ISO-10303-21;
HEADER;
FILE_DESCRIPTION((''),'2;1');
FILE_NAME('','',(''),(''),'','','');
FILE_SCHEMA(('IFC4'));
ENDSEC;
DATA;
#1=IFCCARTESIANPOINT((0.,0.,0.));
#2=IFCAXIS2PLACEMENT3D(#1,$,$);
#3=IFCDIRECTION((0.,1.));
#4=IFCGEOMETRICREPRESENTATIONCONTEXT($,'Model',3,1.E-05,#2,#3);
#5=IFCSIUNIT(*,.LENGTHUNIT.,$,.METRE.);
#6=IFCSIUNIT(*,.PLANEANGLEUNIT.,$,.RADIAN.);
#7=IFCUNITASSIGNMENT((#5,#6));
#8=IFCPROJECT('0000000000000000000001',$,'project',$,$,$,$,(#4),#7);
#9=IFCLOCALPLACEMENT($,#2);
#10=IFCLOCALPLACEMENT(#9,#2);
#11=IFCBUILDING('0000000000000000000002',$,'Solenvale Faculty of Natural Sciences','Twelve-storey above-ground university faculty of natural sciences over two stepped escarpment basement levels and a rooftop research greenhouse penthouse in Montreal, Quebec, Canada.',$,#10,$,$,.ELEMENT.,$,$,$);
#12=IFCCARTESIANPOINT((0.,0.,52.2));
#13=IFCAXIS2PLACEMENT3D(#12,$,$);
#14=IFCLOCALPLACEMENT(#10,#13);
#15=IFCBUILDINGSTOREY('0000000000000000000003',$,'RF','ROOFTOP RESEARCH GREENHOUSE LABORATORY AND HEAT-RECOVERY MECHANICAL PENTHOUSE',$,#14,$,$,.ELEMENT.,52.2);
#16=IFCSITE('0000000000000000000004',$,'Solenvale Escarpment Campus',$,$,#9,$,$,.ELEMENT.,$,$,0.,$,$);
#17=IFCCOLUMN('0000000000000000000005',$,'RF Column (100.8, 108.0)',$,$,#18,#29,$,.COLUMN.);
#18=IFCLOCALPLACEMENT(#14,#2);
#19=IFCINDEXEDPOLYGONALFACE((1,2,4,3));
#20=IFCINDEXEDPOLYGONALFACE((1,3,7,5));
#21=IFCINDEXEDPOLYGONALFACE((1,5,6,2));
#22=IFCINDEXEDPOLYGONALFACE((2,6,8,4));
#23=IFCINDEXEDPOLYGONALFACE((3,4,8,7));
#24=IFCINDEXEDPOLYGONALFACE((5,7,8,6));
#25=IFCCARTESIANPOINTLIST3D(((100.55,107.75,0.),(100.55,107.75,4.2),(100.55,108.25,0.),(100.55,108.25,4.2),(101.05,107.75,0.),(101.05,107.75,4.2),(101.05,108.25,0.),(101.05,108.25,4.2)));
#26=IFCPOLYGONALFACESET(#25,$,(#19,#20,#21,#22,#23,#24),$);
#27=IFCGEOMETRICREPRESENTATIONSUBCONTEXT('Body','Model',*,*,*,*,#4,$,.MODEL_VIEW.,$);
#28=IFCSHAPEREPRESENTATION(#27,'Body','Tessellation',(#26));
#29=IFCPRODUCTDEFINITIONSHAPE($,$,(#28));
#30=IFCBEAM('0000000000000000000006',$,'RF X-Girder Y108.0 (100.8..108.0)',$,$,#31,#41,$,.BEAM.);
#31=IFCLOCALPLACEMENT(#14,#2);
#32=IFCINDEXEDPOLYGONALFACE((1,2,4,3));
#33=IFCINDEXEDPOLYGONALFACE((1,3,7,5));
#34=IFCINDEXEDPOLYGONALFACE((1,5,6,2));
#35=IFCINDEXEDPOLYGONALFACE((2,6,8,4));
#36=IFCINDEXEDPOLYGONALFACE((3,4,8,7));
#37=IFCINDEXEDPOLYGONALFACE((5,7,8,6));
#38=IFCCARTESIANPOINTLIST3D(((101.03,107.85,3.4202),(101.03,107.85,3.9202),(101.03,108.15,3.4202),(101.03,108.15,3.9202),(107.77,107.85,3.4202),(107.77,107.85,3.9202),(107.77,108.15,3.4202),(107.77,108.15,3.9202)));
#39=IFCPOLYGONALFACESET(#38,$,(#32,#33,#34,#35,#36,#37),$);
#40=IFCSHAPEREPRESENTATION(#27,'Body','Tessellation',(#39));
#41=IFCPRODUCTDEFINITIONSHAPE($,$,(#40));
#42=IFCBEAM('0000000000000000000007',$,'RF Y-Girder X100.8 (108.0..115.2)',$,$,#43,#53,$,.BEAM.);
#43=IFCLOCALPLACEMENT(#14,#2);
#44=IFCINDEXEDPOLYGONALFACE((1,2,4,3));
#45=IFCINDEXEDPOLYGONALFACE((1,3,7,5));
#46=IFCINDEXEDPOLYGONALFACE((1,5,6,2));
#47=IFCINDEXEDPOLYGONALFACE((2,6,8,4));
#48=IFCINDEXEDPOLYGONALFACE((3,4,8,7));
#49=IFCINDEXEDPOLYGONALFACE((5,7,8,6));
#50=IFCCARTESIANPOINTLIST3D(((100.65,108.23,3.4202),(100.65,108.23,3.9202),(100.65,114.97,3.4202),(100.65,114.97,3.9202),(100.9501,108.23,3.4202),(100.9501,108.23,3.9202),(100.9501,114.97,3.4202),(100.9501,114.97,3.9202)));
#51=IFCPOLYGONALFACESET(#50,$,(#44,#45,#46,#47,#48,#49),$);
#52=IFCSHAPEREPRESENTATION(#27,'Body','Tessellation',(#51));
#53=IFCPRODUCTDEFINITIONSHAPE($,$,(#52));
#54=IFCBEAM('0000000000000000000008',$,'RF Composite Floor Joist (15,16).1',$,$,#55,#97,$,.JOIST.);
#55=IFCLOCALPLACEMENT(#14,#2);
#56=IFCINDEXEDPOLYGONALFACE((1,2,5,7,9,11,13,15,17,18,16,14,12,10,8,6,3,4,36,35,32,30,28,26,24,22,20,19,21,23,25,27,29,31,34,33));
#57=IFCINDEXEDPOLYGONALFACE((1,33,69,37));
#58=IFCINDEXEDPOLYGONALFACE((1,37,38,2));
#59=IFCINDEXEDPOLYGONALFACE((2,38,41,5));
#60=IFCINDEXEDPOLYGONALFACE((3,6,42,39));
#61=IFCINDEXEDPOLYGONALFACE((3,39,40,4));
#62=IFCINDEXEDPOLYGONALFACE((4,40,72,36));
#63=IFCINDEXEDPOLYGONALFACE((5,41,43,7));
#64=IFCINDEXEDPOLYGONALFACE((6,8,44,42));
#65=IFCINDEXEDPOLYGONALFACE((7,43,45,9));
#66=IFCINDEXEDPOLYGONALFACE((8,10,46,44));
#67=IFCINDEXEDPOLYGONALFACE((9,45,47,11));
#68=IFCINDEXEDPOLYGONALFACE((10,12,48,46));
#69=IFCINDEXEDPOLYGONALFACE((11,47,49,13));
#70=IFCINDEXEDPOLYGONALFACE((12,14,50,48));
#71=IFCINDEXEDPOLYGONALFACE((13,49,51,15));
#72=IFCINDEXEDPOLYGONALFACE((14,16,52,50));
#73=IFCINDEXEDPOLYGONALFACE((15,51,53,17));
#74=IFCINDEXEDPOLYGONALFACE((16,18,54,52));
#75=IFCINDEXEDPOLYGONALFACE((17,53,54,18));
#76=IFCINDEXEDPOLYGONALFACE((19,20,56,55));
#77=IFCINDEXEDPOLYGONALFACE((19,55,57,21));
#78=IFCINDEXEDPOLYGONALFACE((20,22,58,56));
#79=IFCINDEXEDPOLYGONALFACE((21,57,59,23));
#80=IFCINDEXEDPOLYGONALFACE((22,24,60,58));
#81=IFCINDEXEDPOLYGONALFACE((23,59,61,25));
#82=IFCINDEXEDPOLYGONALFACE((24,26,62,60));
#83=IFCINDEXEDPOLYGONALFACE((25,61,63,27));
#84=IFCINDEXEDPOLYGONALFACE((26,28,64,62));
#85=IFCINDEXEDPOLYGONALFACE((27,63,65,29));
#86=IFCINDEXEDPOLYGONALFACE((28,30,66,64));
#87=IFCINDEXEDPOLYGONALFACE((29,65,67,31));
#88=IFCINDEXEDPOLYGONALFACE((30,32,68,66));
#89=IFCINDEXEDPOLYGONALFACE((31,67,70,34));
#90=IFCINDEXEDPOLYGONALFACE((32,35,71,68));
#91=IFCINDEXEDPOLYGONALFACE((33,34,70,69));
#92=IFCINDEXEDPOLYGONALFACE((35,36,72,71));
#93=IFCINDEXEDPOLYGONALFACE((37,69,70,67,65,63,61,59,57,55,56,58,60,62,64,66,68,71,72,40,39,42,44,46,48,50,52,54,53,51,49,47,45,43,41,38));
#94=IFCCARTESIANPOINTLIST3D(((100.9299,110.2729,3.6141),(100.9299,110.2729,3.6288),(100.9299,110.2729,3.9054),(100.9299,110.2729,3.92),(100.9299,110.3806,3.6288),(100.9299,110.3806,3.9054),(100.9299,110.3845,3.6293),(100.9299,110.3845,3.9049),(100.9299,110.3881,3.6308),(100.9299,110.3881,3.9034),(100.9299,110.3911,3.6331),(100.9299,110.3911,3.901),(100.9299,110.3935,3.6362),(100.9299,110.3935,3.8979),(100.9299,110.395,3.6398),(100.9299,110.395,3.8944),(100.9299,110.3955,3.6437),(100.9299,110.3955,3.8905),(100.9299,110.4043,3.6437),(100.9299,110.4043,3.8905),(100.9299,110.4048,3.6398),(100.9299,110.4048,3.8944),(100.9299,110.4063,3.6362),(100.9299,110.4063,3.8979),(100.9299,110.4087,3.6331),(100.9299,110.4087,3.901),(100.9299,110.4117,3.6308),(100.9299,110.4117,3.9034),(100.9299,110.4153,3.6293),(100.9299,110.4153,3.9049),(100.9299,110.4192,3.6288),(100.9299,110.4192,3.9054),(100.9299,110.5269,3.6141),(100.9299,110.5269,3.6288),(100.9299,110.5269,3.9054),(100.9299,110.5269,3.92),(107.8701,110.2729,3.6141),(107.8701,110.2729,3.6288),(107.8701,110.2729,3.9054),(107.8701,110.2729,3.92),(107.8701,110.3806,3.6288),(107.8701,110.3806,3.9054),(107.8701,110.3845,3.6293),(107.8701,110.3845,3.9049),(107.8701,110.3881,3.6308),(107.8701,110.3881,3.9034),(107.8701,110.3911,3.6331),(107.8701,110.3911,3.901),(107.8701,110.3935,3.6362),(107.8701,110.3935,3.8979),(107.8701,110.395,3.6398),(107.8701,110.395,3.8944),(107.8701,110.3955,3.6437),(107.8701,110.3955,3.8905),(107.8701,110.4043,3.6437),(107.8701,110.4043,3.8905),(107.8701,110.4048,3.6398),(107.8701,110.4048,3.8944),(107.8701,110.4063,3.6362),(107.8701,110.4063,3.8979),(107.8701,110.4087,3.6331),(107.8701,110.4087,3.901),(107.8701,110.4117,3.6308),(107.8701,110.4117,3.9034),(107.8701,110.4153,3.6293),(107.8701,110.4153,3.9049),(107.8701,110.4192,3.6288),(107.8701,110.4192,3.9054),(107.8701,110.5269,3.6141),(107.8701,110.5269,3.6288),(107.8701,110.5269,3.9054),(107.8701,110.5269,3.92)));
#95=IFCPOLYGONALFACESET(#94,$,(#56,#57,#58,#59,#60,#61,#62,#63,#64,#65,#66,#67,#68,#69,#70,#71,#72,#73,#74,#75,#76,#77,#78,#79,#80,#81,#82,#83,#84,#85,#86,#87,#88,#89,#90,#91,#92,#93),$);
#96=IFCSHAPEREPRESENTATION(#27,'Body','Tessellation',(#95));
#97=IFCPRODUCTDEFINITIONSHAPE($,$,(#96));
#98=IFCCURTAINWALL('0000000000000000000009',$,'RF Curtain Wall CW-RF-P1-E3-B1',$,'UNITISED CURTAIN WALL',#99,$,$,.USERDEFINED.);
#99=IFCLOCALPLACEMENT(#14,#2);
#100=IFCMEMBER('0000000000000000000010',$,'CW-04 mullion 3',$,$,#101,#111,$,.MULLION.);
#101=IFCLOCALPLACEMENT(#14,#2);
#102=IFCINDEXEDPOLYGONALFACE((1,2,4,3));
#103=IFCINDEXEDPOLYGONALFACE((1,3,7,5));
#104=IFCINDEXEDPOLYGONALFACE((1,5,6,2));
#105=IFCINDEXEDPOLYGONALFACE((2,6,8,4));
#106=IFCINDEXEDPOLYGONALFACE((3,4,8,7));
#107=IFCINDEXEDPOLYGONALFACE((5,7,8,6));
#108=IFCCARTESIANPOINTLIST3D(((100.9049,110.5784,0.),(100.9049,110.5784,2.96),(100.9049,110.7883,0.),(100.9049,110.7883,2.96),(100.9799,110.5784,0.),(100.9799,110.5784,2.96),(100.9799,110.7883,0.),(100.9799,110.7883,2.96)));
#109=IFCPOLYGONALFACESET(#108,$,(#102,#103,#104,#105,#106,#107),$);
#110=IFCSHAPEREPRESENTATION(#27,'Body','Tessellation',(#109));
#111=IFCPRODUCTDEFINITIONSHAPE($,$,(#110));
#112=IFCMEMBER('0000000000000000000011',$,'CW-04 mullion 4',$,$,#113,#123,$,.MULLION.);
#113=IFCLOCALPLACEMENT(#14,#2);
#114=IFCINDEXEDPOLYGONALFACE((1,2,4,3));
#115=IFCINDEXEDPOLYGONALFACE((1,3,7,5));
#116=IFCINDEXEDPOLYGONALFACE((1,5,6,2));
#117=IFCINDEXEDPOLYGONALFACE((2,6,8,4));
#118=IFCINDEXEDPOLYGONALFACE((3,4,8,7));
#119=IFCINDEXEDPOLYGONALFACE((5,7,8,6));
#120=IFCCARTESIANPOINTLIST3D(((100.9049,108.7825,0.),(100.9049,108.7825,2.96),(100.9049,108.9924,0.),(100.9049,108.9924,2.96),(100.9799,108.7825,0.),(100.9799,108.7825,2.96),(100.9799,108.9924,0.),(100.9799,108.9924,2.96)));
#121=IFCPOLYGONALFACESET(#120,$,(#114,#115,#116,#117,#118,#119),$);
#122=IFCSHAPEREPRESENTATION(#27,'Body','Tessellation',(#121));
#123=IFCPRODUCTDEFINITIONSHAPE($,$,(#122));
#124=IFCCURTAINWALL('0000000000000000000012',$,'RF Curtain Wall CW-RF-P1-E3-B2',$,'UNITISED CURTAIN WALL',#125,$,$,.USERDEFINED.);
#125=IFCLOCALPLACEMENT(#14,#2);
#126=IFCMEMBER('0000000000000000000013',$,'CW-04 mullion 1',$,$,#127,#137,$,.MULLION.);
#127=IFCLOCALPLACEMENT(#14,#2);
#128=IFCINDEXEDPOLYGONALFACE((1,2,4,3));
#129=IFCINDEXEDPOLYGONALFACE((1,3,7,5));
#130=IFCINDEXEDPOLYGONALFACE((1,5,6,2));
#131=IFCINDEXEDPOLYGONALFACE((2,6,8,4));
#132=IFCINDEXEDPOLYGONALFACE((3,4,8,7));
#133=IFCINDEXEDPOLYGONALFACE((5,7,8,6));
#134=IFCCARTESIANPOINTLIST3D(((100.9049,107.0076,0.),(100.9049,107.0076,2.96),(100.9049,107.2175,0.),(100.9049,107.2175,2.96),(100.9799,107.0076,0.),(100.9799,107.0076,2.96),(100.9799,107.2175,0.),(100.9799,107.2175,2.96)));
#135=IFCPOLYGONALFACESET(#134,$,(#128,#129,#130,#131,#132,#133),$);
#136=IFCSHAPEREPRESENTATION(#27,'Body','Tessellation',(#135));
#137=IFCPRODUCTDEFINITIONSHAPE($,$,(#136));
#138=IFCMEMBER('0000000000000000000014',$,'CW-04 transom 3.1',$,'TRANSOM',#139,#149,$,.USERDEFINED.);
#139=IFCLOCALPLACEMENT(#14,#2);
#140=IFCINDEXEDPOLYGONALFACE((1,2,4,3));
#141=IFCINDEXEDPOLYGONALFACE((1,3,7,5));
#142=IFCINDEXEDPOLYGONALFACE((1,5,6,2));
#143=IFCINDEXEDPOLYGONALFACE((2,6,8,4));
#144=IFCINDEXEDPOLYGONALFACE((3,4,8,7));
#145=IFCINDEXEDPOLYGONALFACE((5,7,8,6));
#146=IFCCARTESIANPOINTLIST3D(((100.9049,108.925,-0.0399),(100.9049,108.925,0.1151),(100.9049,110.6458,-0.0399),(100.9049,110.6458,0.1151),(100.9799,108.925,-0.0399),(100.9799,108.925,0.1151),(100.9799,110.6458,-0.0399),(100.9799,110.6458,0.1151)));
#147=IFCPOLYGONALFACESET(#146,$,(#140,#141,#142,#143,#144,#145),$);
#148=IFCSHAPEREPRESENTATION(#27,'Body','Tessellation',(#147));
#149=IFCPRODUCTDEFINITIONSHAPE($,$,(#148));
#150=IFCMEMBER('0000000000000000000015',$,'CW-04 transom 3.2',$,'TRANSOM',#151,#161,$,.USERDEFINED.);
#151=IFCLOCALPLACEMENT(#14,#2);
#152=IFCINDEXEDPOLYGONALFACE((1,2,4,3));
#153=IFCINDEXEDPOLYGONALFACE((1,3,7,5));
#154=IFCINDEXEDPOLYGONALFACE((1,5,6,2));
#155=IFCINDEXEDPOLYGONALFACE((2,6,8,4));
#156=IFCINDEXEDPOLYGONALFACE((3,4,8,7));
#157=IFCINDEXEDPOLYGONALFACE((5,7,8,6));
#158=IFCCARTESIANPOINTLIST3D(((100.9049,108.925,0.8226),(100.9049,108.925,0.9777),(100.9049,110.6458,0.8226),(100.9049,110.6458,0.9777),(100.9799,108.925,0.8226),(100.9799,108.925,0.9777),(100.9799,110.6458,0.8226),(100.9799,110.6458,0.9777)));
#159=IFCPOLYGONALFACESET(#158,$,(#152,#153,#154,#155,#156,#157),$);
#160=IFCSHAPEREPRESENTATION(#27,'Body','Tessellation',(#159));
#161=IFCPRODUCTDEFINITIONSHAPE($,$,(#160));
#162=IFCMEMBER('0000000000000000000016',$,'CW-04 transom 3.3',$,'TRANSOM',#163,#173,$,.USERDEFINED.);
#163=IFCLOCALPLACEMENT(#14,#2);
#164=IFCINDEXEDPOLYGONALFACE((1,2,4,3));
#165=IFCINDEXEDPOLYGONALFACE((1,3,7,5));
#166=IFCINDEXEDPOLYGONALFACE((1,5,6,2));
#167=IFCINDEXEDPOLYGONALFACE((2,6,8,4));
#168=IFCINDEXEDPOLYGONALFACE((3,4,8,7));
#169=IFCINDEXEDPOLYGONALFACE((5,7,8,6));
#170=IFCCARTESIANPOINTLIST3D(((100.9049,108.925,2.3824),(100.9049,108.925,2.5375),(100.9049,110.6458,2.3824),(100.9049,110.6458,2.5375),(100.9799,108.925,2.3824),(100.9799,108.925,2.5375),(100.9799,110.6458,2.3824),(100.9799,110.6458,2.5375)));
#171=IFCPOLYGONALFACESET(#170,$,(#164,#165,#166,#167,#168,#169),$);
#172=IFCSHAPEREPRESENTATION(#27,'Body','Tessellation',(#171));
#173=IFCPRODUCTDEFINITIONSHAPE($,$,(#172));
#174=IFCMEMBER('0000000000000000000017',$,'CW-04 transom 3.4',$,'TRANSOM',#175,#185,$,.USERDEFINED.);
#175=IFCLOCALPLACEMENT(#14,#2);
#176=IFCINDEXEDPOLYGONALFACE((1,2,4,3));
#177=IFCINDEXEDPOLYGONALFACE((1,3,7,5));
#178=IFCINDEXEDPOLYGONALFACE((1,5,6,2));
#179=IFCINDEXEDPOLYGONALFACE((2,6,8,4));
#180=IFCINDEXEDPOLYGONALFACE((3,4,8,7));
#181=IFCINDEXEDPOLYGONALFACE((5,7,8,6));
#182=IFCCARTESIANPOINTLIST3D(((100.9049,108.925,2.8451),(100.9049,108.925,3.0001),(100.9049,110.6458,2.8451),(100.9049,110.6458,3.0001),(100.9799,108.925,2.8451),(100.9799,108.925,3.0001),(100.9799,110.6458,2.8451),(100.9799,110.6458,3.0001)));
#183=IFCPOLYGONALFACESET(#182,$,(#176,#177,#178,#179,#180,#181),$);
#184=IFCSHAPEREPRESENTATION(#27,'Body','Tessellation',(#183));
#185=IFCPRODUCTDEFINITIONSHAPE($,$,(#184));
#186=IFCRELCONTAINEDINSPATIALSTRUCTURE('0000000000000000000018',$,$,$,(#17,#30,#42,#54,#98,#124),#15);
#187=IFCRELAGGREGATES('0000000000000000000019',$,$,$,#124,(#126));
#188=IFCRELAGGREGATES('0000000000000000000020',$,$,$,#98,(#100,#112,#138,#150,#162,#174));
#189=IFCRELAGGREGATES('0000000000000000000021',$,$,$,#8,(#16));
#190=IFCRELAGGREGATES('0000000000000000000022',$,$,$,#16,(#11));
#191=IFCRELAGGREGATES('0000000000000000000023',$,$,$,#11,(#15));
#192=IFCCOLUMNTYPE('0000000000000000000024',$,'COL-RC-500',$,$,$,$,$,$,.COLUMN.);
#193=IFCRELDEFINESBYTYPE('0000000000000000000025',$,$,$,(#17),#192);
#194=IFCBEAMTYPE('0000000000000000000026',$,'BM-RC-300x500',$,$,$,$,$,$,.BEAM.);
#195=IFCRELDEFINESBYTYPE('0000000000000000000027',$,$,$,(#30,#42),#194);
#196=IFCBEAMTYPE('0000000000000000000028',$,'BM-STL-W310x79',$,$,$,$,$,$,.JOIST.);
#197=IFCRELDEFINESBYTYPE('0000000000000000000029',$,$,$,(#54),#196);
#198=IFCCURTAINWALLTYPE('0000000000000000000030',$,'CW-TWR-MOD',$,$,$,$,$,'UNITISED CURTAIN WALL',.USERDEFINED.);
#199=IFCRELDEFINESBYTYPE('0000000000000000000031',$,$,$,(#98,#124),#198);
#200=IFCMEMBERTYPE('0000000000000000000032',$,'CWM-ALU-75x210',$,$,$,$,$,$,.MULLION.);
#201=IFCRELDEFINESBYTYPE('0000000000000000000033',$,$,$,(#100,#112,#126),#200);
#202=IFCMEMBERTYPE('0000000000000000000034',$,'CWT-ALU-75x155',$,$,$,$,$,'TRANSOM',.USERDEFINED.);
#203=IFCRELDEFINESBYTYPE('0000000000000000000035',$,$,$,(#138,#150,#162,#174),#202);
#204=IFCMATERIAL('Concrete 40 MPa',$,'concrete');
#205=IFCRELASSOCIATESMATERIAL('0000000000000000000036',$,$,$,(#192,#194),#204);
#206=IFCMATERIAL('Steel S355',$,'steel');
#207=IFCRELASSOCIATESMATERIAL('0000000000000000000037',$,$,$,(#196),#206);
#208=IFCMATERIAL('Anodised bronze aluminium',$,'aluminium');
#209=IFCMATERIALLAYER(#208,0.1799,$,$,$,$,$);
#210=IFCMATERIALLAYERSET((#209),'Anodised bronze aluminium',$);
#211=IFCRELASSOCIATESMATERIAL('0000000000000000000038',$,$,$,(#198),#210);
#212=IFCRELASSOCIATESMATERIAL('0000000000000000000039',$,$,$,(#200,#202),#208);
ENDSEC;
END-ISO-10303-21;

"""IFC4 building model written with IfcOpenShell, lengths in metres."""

from ifc_helpers import new_model, si_unit, direction, frame, origin, origin_2d, place, context, subcontext, project, spatial, rectangle, i_section, extrude, material, layer, layer_set, material_profile, profile_set, type_object, element, aggregate, save


model = new_model("IFC4")

# Units and contexts
model_context = context("Model", 3, precision=1e-05, world=origin(), true_north=direction((0.0, 1.0)))
body_context = subcontext(model_context, "Body", "Model", "MODEL_VIEW")
ifc_project = project(units=[si_unit("LENGTHUNIT", "METRE"), si_unit("PLANEANGLEUNIT", "RADIAN")], contexts=[model_context])

# Site, building, storey
site_placement = place(None, origin())
site = spatial("IfcSite", under=ifc_project, at=site_placement, Name="Solenvale Escarpment Campus", CompositionType="ELEMENT", RefElevation=0.0)
building_placement = place(site_placement, origin())
building = spatial("IfcBuilding", under=site, at=building_placement, Name="Solenvale Faculty of Natural Sciences", Description="Twelve-storey above-ground university faculty of natural sciences over two stepped escarpment basement levels and a rooftop research greenhouse penthouse in Montreal, Quebec, Canada.", CompositionType="ELEMENT")
storey_placement = place(building_placement, frame((0.0, 0.0, 52.2)))
storey = spatial("IfcBuildingStorey", under=building, at=storey_placement, Name="RF", Description="ROOFTOP RESEARCH GREENHOUSE LABORATORY AND HEAT-RECOVERY MECHANICAL PENTHOUSE", CompositionType="ELEMENT", Elevation=52.2)

# Column
ifc_material_1 = material(Name="Concrete 40 MPa", Category="concrete")
ifc_material_profile_1 = material_profile(ifc_material_1, rectangle(XDim=0.5, YDim=0.5, at=origin_2d()), Name="RC-COL-500x500")
ifc_profile_set_1 = profile_set([ifc_material_profile_1], Name="Concrete 40 MPa")
column_type = type_object("IfcColumnType", Name="COL-RC-500", PredefinedType="COLUMN", material=ifc_profile_set_1)
column_placement = place(storey_placement, frame((100.8, 108.0, 0.0), z_axis=(0.0, 0.0, 1.0), x_axis=(1.0, 0.0, 0.0)))
element("IfcColumn", 1, at=column_placement, inside=storey, type_object=column_type, Name="RF Column (100.8, 108.0)", PredefinedType="COLUMN", context=body_context, shape_type="SweptSolid", body=[
    extrude(rectangle(XDim=0.5, YDim=0.5, at=origin_2d()), origin(), (0.0, 0.0, 1.0), 4.2),
])

# Beams
ifc_material_profile_2 = material_profile(ifc_material_1, rectangle(XDim=0.3, YDim=0.5, at=origin_2d()), Name="RC-BM-300x500")
ifc_profile_set_2 = profile_set([ifc_material_profile_2], Name="Concrete 40 MPa")
beam_type_1 = type_object("IfcBeamType", Name="BM-RC-300x500", PredefinedType="BEAM", material=ifc_profile_set_2)
for number, where, z_axis, x_axis, name in (
    (2, (101.03, 108.0, 3.6702), (1.0, 0.0, 0.0), (0.0, 1.0, 0.0), "RF X-Girder Y108.0 (100.8..108.0)"),
    (3, (100.8, 108.23, 3.6702), (0.0, 1.0, 0.0), (-1.0, 0.0, 0.0), "RF Y-Girder X100.8 (108.0..115.2)"),
):
    element("IfcBeam", number, at=place(storey_placement, frame(where, z_axis=z_axis, x_axis=x_axis)), inside=storey, type_object=beam_type_1, Name=name, PredefinedType="BEAM", context=body_context, shape_type="SweptSolid", body=[
        extrude(rectangle(XDim=0.3, YDim=0.5, at=origin_2d()), origin(), (0.0, 0.0, 1.0), 6.74),
    ])
ifc_material_2 = material(Name="Steel S355", Category="steel")
ifc_material_profile_3 = material_profile(ifc_material_2, i_section(OverallWidth=0.2539, OverallDepth=0.3059, WebThickness=0.0088, FlangeThickness=0.0146, FilletRadius=0.0149, at=origin_2d()), Name="W310x79")
ifc_profile_set_3 = profile_set([ifc_material_profile_3], Name="Steel S355")
beam_type_2 = type_object("IfcBeamType", Name="BM-STL-W310x79", PredefinedType="JOIST", material=ifc_profile_set_3)
beam_placement = place(storey_placement, frame((100.9299, 110.3999, 3.7671), z_axis=(1.0, 0.0, 0.0), x_axis=(0.0, 1.0, 0.0)))
element("IfcBeam", 4, at=beam_placement, inside=storey, type_object=beam_type_2, Name="RF Composite Floor Joist (15,16).1", PredefinedType="JOIST", context=body_context, shape_type="SweptSolid", body=[
    extrude(i_section(OverallWidth=0.2539, OverallDepth=0.3059, WebThickness=0.0088, FlangeThickness=0.0146, FilletRadius=0.0149, at=origin_2d()), origin(), (0.0, 0.0, 1.0), 6.9402),
])

# Curtain wall, members
ifc_material_3 = material(Name="Anodised bronze aluminium", Category="aluminium")
ifc_layer_1 = layer(ifc_material_3, 0.1799)
ifc_layer_set_1 = layer_set([ifc_layer_1], Name="Anodised bronze aluminium")
curtain_wall_type = type_object("IfcCurtainWallType", Name="CW-TWR-MOD", ElementType="UNITISED CURTAIN WALL", PredefinedType="USERDEFINED", material=ifc_layer_set_1)
curtain_wall_1_placement = place(storey_placement, origin())
curtain_wall_1 = element("IfcCurtainWall", 5, at=curtain_wall_1_placement, inside=storey, type_object=curtain_wall_type, Name="RF Curtain Wall CW-RF-P1-E3-B1", ObjectType="UNITISED CURTAIN WALL", PredefinedType="USERDEFINED")
ifc_material_profile_4 = material_profile(ifc_material_3, rectangle(XDim=0.075, YDim=0.21, at=origin_2d()), Name="ALU-MUL-75x210")
ifc_profile_set_4 = profile_set([ifc_material_profile_4], Name="Anodised bronze aluminium")
member_type_1 = type_object("IfcMemberType", Name="CWM-ALU-75x210", PredefinedType="MULLION", material=ifc_profile_set_4)
member_1_placement = place(storey_placement, frame((100.9424, 110.6833, 0.0), z_axis=(0.0, 0.0, 1.0), x_axis=(1.0, 0.0, 0.0)))
member_1 = element("IfcMember", 6, at=member_1_placement, type_object=member_type_1, Name="CW-04 mullion 3", PredefinedType="MULLION", context=body_context, shape_type="SweptSolid", body=[
    extrude(rectangle(XDim=0.075, YDim=0.21, at=origin_2d()), origin(), (0.0, 0.0, 1.0), 2.96),
])
member_2_placement = place(storey_placement, frame((100.9424, 108.8875, 0.0), z_axis=(0.0, 0.0, 1.0), x_axis=(1.0, 0.0, 0.0)))
member_2 = element("IfcMember", 7, at=member_2_placement, type_object=member_type_1, Name="CW-04 mullion 4", PredefinedType="MULLION", context=body_context, shape_type="SweptSolid", body=[
    extrude(rectangle(XDim=0.075, YDim=0.21, at=origin_2d()), origin(), (0.0, 0.0, 1.0), 2.96),
])

# Curtain wall, member
curtain_wall_2_placement = place(storey_placement, origin())
curtain_wall_2 = element("IfcCurtainWall", 8, at=curtain_wall_2_placement, inside=storey, type_object=curtain_wall_type, Name="RF Curtain Wall CW-RF-P1-E3-B2", ObjectType="UNITISED CURTAIN WALL", PredefinedType="USERDEFINED")
member_3_placement = place(storey_placement, frame((100.9424, 107.1125, 0.0), z_axis=(0.0, 0.0, 1.0), x_axis=(1.0, 0.0, 0.0)))
member_3 = element("IfcMember", 9, at=member_3_placement, type_object=member_type_1, Name="CW-04 mullion 1", PredefinedType="MULLION", context=body_context, shape_type="SweptSolid", body=[
    extrude(rectangle(XDim=0.075, YDim=0.21, at=origin_2d()), origin(), (0.0, 0.0, 1.0), 2.96),
])

# Members
ifc_material_profile_5 = material_profile(ifc_material_3, rectangle(XDim=0.075, YDim=0.155, at=origin_2d()), Name="ALU-TRN-75x155")
ifc_profile_set_5 = profile_set([ifc_material_profile_5], Name="Anodised bronze aluminium")
member_type_2 = type_object("IfcMemberType", Name="CWT-ALU-75x155", ElementType="TRANSOM", PredefinedType="USERDEFINED", material=ifc_profile_set_5)
member_4_placement = place(storey_placement, frame((100.9424, 110.6458, 0.0376), z_axis=(0.0, -1.0, 0.0), x_axis=(1.0, 0.0, 0.0)))
member_4 = element("IfcMember", 10, at=member_4_placement, type_object=member_type_2, Name="CW-04 transom 3.1", ObjectType="TRANSOM", PredefinedType="USERDEFINED", context=body_context, shape_type="SweptSolid", body=[
    extrude(rectangle(XDim=0.075, YDim=0.155, at=origin_2d()), origin(), (0.0, 0.0, 1.0), 1.7207),
])
member_5_placement = place(storey_placement, frame((100.9424, 110.6458, 0.9001), z_axis=(0.0, -1.0, 0.0), x_axis=(1.0, 0.0, 0.0)))
member_5 = element("IfcMember", 11, at=member_5_placement, type_object=member_type_2, Name="CW-04 transom 3.2", ObjectType="TRANSOM", PredefinedType="USERDEFINED", context=body_context, shape_type="SweptSolid", body=[
    extrude(rectangle(XDim=0.075, YDim=0.155, at=origin_2d()), origin(), (0.0, 0.0, 1.0), 1.7207),
])
member_6_placement = place(storey_placement, frame((100.9424, 110.6458, 2.46), z_axis=(0.0, -1.0, 0.0), x_axis=(1.0, 0.0, 0.0)))
member_6 = element("IfcMember", 12, at=member_6_placement, type_object=member_type_2, Name="CW-04 transom 3.3", ObjectType="TRANSOM", PredefinedType="USERDEFINED", context=body_context, shape_type="SweptSolid", body=[
    extrude(rectangle(XDim=0.075, YDim=0.155, at=origin_2d()), origin(), (0.0, 0.0, 1.0), 1.7207),
])
member_7_placement = place(storey_placement, frame((100.9424, 110.6458, 2.9226), z_axis=(0.0, -1.0, 0.0), x_axis=(1.0, 0.0, 0.0)))
member_7 = element("IfcMember", 13, at=member_7_placement, type_object=member_type_2, Name="CW-04 transom 3.4", ObjectType="TRANSOM", PredefinedType="USERDEFINED", context=body_context, shape_type="SweptSolid", body=[
    extrude(rectangle(XDim=0.075, YDim=0.155, at=origin_2d()), origin(), (0.0, 0.0, 1.0), 1.7207),
])
aggregate(curtain_wall_2, [member_3])

aggregate(curtain_wall_1, [member_1, member_2, member_4, member_5, member_6, member_7])

save(model, "model.ifc")
